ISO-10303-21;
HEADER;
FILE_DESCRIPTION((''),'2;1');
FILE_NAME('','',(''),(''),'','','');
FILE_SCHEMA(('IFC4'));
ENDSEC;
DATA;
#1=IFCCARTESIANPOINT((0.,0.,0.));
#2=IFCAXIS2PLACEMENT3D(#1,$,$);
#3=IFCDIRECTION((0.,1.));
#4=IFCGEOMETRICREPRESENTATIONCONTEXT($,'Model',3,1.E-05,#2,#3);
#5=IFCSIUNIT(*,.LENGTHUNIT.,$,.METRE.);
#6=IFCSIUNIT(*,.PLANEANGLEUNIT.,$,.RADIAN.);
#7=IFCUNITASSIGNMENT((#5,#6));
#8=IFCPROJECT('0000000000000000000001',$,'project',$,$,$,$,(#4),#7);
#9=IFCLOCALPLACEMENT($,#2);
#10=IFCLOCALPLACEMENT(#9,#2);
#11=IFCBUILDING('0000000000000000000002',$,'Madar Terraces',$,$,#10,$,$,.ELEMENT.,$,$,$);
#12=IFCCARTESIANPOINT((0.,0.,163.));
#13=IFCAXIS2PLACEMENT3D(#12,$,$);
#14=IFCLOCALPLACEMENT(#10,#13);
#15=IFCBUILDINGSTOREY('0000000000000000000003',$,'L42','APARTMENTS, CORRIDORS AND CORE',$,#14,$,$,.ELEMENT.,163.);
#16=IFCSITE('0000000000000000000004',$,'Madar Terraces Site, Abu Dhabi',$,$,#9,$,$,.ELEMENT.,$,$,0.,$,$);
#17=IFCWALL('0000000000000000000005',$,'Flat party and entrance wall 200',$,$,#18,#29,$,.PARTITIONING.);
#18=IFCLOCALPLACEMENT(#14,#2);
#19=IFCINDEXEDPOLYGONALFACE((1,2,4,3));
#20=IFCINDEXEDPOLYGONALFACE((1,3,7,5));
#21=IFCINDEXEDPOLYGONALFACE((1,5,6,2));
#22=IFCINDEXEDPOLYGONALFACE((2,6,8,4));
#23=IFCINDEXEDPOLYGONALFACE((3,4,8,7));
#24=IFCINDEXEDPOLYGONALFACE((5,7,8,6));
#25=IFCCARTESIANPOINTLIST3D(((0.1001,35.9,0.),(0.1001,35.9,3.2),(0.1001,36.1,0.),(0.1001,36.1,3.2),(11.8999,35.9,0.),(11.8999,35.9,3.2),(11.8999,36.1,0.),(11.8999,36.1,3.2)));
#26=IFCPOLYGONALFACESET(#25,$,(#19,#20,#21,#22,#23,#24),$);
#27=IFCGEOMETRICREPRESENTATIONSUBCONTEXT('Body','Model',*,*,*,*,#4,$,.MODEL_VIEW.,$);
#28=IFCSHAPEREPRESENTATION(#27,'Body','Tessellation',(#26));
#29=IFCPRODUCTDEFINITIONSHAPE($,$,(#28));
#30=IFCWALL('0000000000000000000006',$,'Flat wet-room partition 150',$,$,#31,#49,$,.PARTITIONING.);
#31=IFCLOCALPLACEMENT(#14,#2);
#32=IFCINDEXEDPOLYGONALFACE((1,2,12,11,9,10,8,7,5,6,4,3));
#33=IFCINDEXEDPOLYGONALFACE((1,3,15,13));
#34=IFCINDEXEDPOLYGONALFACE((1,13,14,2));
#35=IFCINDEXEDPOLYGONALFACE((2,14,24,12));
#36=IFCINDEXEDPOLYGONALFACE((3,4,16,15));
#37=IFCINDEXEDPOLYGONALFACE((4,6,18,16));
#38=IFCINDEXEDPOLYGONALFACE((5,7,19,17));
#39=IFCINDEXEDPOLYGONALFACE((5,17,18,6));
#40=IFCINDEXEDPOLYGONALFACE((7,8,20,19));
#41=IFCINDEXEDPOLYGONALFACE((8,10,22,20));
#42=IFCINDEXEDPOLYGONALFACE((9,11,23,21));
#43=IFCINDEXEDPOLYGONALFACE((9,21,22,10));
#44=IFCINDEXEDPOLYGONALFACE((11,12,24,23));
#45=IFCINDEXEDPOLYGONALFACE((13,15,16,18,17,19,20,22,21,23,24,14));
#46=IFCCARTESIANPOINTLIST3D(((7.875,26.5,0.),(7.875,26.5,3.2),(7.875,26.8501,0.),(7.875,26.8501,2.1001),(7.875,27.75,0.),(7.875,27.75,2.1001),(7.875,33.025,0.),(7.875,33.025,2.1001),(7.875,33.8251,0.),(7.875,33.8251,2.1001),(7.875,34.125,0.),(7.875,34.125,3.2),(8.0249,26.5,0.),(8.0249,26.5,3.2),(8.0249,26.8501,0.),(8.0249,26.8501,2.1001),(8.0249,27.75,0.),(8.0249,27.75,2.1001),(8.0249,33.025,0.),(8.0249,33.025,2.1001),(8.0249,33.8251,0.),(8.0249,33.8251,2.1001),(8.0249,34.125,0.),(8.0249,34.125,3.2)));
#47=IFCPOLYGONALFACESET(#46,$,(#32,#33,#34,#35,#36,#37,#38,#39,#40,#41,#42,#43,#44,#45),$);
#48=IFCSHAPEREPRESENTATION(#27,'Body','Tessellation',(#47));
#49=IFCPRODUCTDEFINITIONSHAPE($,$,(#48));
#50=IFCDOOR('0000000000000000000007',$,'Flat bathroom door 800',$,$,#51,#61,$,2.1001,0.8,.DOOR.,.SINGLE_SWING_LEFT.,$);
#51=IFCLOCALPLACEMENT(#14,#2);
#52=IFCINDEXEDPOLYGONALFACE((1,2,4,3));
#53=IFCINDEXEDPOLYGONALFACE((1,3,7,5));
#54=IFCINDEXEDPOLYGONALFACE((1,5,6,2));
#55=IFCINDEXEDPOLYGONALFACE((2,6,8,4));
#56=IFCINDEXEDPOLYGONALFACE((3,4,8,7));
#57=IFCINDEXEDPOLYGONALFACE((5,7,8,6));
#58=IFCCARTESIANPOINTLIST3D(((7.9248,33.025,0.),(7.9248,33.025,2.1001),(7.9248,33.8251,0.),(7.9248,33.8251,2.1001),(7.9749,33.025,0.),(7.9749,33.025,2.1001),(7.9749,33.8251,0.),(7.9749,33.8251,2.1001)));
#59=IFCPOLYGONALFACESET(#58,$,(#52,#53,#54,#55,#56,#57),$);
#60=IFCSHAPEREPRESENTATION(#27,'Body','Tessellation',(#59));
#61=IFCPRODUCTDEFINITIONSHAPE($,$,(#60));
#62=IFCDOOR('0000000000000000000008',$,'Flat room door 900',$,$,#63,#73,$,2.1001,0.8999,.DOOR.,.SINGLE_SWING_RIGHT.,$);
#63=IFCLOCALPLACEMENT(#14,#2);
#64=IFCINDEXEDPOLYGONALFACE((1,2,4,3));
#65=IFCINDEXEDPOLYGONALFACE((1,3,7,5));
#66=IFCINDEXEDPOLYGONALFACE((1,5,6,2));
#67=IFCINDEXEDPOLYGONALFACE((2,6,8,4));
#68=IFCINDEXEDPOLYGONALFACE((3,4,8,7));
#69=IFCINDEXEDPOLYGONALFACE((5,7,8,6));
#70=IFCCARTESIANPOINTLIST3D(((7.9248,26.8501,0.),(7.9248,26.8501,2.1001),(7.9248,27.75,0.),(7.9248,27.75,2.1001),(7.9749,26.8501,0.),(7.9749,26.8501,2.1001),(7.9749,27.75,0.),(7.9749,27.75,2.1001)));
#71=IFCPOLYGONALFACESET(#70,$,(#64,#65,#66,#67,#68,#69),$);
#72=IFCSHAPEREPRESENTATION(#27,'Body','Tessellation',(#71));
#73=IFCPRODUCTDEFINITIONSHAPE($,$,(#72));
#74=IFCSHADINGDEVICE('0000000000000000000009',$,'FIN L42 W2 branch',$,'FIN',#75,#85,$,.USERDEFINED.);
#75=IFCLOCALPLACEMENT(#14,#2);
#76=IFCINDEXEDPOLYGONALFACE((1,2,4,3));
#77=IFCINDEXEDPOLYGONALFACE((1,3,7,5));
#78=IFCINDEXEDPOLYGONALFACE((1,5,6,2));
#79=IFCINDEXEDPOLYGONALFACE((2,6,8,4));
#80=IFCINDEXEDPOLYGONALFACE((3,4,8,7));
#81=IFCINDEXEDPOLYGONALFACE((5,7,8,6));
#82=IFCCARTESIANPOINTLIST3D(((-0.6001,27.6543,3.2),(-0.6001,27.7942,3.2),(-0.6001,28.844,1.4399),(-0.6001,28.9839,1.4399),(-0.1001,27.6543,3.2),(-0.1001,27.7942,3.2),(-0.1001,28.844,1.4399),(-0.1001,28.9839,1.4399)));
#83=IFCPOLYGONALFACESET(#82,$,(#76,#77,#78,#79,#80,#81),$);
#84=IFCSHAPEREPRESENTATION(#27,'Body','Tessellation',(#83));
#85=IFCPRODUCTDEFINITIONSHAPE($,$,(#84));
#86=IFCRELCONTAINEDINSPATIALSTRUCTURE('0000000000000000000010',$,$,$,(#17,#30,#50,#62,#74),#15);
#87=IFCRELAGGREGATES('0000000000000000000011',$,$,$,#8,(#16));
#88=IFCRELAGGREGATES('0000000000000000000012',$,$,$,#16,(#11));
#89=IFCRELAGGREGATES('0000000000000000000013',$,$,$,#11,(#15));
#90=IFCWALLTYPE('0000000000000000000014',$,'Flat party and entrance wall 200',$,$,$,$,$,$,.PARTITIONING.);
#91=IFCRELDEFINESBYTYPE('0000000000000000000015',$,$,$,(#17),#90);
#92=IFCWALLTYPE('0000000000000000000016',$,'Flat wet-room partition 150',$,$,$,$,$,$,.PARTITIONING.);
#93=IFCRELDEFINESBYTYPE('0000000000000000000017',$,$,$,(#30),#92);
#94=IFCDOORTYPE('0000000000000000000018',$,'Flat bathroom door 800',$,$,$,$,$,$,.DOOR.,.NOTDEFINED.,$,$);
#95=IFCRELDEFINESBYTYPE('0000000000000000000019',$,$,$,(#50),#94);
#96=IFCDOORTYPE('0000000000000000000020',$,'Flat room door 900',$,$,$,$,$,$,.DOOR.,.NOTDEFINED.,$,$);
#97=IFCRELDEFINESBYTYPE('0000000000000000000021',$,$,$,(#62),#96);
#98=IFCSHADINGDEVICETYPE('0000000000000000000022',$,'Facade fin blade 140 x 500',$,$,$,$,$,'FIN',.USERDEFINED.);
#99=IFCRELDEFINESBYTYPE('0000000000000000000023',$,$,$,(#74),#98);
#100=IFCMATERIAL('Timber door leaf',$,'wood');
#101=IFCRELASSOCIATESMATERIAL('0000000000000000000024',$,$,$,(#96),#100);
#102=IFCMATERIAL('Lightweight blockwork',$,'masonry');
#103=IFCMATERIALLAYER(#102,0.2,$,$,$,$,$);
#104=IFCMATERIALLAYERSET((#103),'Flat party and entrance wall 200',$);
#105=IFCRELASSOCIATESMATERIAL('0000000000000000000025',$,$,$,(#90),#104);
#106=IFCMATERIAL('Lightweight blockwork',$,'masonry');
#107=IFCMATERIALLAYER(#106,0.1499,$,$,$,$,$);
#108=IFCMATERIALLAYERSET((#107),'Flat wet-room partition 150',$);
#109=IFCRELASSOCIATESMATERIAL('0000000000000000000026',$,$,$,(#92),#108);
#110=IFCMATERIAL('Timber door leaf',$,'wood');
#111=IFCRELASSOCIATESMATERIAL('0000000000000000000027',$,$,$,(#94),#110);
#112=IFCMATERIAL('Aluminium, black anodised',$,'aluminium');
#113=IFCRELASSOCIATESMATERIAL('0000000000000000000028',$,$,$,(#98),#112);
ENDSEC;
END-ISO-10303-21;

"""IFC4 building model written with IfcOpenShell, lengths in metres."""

from ifc_helpers import new_model, si_unit, direction, frame, frame_2d, origin, place, context, subcontext, project, spatial, polyline, rectangle, outline, extrude, material, layer, layer_set, type_object, element, fill, save


model = new_model("IFC4")

# Units and contexts
model_context = context("Model", 3, precision=1e-05, world=origin(), true_north=direction((0.0, 1.0)))
body_context = subcontext(model_context, "Body", "Model", "MODEL_VIEW")
ifc_project = project(units=[si_unit("LENGTHUNIT", "METRE"), si_unit("PLANEANGLEUNIT", "RADIAN")], contexts=[model_context])

# Site, building, storey
site_placement = place(None, origin())
site = spatial("IfcSite", under=ifc_project, at=site_placement, Name="Madar Terraces Site, Abu Dhabi", CompositionType="ELEMENT", RefElevation=0.0)
building_placement = place(site_placement, origin())
building = spatial("IfcBuilding", under=site, at=building_placement, Name="Madar Terraces", CompositionType="ELEMENT")
storey_placement = place(building_placement, frame((0.0, 0.0, 163.0)))
storey = spatial("IfcBuildingStorey", under=building, at=storey_placement, Name="L42", Description="APARTMENTS, CORRIDORS AND CORE", CompositionType="ELEMENT", Elevation=163.0)

# Shared definitions
ifc_material_1 = material(Name="Timber door leaf", Category="wood")
door_type_1 = type_object("IfcDoorType", Name="Flat room door 900", OperationType="NOTDEFINED", PredefinedType="DOOR", material=ifc_material_1)

# Wall
ifc_material_2 = material(Name="Lightweight blockwork", Category="masonry")
ifc_layer_1 = layer(ifc_material_2, 0.2)
ifc_layer_set_1 = layer_set([ifc_layer_1], Name="Flat party and entrance wall 200")
wall_type_1 = type_object("IfcWallType", Name="Flat party and entrance wall 200", PredefinedType="PARTITIONING", material=ifc_layer_set_1)
wall_1_placement = place(storey_placement, frame((0.1001, 36.0, 0.0), z_axis=(0.0, 0.0, 1.0), x_axis=(1.0, 0.0, 0.0)))
element("IfcWall", 1, at=wall_1_placement, inside=storey, type_object=wall_type_1, Name="Flat party and entrance wall 200", PredefinedType="PARTITIONING", context=body_context, shape_type="SweptSolid", body=[
    extrude(rectangle(XDim=11.7998, YDim=0.2, at=frame_2d((5.8999, 0.0))), origin(), (0.0, 0.0, 1.0), 3.2),
])

# Wall, openings, doors
ifc_material_3 = material(Name="Lightweight blockwork", Category="masonry")
ifc_layer_2 = layer(ifc_material_3, 0.1499)
ifc_layer_set_2 = layer_set([ifc_layer_2], Name="Flat wet-room partition 150")
wall_type_2 = type_object("IfcWallType", Name="Flat wet-room partition 150", PredefinedType="PARTITIONING", material=ifc_layer_set_2)
wall_2_placement = place(storey_placement, frame((7.95, 34.125, 0.0), z_axis=(0.0, 0.0, 1.0), x_axis=(0.0, -1.0, 0.0)))
wall_2 = element("IfcWall", 2, at=wall_2_placement, inside=storey, type_object=wall_type_2, Name="Flat wet-room partition 150", PredefinedType="PARTITIONING", context=body_context, shape_type="SweptSolid", body=[
    extrude(rectangle(XDim=7.625, YDim=0.1499, at=frame_2d((3.8125, 0.0))), origin(), (0.0, 0.0, 1.0), 3.2),
])
opening_1_placement = place(wall_2_placement, frame((0.3, 0.0, 0.0)))
opening_1 = element("IfcOpeningElement", 3, at=opening_1_placement, cuts=wall_2, PredefinedType="OPENING", context=body_context, shape_type="SweptSolid", body=[
    extrude(rectangle(XDim=0.8, YDim=2.1001, at=frame_2d((0.3999, 1.05))), frame((0.0, 0.085, 0.0), z_axis=(0.0, -1.0, 0.0), x_axis=(1.0, 0.0, 0.0)), (0.0, 0.0, 1.0), 0.1699),
])
opening_2_placement = place(wall_2_placement, frame((6.375, 0.0, 0.0)))
opening_2 = element("IfcOpeningElement", 4, at=opening_2_placement, cuts=wall_2, PredefinedType="OPENING", context=body_context, shape_type="SweptSolid", body=[
    extrude(rectangle(XDim=0.8999, YDim=2.1001, at=frame_2d((0.45, 1.05))), frame((0.0, 0.085, 0.0), z_axis=(0.0, -1.0, 0.0), x_axis=(1.0, 0.0, 0.0)), (0.0, 0.0, 1.0), 0.1699),
])
ifc_material_4 = material(Name="Timber door leaf", Category="wood")
door_type_2 = type_object("IfcDoorType", Name="Flat bathroom door 800", OperationType="NOTDEFINED", PredefinedType="DOOR", material=ifc_material_4)
door_1_placement = place(opening_1_placement, origin())
door_1 = element("IfcDoor", 5, at=door_1_placement, inside=storey, type_object=door_type_2, Name="Flat bathroom door 800", OperationType="SINGLE_SWING_LEFT", OverallHeight=2.1001, OverallWidth=0.8, PredefinedType="DOOR", context=body_context, shape_type="SweptSolid", body=[
    extrude(rectangle(XDim=0.8, YDim=2.1001, at=frame_2d((0.3999, 1.05))), frame((0.0, 0.0249, 0.0), z_axis=(0.0, -1.0, 0.0), x_axis=(1.0, 0.0, 0.0)), (0.0, 0.0, 1.0), 0.05),
])
fill(opening_1, door_1)
door_2_placement = place(opening_2_placement, origin())
door_2 = element("IfcDoor", 6, at=door_2_placement, inside=storey, type_object=door_type_1, Name="Flat room door 900", OperationType="SINGLE_SWING_RIGHT", OverallHeight=2.1001, OverallWidth=0.8999, PredefinedType="DOOR", context=body_context, shape_type="SweptSolid", body=[
    extrude(rectangle(XDim=0.8999, YDim=2.1001, at=frame_2d((0.45, 1.05))), frame((0.0, 0.0249, 0.0), z_axis=(0.0, -1.0, 0.0), x_axis=(1.0, 0.0, 0.0)), (0.0, 0.0, 1.0), 0.05),
])
fill(opening_2, door_2)

# Shading device
ifc_material_5 = material(Name="Aluminium, black anodised", Category="aluminium")
shading_device_type = type_object("IfcShadingDeviceType", Name="Facade fin blade 140 x 500", ElementType="FIN", PredefinedType="USERDEFINED", material=ifc_material_5)
shading_device_placement = place(storey_placement, frame((-0.3501, 28.9839, 1.4399), z_axis=(0.0, 0.0, 1.0), x_axis=(0.0, -1.0, 0.0)))
element("IfcShadingDevice", 7, at=shading_device_placement, inside=storey, type_object=shading_device_type, Name="FIN L42 W2 branch", ObjectType="FIN", PredefinedType="USERDEFINED", context=body_context, shape_type="SweptSolid", body=[
    extrude(outline(polyline([(0.0, 0.0), (0.1399, 0.0), (1.3296, 1.76), (1.1897, 1.76), (0.0, 0.0)])), frame((0.0, 0.25, 0.0), z_axis=(0.0, -1.0, 0.0), x_axis=(1.0, 0.0, 0.0)), (0.0, 0.0, 1.0), 0.5),
])

save(model, "model.ifc")
